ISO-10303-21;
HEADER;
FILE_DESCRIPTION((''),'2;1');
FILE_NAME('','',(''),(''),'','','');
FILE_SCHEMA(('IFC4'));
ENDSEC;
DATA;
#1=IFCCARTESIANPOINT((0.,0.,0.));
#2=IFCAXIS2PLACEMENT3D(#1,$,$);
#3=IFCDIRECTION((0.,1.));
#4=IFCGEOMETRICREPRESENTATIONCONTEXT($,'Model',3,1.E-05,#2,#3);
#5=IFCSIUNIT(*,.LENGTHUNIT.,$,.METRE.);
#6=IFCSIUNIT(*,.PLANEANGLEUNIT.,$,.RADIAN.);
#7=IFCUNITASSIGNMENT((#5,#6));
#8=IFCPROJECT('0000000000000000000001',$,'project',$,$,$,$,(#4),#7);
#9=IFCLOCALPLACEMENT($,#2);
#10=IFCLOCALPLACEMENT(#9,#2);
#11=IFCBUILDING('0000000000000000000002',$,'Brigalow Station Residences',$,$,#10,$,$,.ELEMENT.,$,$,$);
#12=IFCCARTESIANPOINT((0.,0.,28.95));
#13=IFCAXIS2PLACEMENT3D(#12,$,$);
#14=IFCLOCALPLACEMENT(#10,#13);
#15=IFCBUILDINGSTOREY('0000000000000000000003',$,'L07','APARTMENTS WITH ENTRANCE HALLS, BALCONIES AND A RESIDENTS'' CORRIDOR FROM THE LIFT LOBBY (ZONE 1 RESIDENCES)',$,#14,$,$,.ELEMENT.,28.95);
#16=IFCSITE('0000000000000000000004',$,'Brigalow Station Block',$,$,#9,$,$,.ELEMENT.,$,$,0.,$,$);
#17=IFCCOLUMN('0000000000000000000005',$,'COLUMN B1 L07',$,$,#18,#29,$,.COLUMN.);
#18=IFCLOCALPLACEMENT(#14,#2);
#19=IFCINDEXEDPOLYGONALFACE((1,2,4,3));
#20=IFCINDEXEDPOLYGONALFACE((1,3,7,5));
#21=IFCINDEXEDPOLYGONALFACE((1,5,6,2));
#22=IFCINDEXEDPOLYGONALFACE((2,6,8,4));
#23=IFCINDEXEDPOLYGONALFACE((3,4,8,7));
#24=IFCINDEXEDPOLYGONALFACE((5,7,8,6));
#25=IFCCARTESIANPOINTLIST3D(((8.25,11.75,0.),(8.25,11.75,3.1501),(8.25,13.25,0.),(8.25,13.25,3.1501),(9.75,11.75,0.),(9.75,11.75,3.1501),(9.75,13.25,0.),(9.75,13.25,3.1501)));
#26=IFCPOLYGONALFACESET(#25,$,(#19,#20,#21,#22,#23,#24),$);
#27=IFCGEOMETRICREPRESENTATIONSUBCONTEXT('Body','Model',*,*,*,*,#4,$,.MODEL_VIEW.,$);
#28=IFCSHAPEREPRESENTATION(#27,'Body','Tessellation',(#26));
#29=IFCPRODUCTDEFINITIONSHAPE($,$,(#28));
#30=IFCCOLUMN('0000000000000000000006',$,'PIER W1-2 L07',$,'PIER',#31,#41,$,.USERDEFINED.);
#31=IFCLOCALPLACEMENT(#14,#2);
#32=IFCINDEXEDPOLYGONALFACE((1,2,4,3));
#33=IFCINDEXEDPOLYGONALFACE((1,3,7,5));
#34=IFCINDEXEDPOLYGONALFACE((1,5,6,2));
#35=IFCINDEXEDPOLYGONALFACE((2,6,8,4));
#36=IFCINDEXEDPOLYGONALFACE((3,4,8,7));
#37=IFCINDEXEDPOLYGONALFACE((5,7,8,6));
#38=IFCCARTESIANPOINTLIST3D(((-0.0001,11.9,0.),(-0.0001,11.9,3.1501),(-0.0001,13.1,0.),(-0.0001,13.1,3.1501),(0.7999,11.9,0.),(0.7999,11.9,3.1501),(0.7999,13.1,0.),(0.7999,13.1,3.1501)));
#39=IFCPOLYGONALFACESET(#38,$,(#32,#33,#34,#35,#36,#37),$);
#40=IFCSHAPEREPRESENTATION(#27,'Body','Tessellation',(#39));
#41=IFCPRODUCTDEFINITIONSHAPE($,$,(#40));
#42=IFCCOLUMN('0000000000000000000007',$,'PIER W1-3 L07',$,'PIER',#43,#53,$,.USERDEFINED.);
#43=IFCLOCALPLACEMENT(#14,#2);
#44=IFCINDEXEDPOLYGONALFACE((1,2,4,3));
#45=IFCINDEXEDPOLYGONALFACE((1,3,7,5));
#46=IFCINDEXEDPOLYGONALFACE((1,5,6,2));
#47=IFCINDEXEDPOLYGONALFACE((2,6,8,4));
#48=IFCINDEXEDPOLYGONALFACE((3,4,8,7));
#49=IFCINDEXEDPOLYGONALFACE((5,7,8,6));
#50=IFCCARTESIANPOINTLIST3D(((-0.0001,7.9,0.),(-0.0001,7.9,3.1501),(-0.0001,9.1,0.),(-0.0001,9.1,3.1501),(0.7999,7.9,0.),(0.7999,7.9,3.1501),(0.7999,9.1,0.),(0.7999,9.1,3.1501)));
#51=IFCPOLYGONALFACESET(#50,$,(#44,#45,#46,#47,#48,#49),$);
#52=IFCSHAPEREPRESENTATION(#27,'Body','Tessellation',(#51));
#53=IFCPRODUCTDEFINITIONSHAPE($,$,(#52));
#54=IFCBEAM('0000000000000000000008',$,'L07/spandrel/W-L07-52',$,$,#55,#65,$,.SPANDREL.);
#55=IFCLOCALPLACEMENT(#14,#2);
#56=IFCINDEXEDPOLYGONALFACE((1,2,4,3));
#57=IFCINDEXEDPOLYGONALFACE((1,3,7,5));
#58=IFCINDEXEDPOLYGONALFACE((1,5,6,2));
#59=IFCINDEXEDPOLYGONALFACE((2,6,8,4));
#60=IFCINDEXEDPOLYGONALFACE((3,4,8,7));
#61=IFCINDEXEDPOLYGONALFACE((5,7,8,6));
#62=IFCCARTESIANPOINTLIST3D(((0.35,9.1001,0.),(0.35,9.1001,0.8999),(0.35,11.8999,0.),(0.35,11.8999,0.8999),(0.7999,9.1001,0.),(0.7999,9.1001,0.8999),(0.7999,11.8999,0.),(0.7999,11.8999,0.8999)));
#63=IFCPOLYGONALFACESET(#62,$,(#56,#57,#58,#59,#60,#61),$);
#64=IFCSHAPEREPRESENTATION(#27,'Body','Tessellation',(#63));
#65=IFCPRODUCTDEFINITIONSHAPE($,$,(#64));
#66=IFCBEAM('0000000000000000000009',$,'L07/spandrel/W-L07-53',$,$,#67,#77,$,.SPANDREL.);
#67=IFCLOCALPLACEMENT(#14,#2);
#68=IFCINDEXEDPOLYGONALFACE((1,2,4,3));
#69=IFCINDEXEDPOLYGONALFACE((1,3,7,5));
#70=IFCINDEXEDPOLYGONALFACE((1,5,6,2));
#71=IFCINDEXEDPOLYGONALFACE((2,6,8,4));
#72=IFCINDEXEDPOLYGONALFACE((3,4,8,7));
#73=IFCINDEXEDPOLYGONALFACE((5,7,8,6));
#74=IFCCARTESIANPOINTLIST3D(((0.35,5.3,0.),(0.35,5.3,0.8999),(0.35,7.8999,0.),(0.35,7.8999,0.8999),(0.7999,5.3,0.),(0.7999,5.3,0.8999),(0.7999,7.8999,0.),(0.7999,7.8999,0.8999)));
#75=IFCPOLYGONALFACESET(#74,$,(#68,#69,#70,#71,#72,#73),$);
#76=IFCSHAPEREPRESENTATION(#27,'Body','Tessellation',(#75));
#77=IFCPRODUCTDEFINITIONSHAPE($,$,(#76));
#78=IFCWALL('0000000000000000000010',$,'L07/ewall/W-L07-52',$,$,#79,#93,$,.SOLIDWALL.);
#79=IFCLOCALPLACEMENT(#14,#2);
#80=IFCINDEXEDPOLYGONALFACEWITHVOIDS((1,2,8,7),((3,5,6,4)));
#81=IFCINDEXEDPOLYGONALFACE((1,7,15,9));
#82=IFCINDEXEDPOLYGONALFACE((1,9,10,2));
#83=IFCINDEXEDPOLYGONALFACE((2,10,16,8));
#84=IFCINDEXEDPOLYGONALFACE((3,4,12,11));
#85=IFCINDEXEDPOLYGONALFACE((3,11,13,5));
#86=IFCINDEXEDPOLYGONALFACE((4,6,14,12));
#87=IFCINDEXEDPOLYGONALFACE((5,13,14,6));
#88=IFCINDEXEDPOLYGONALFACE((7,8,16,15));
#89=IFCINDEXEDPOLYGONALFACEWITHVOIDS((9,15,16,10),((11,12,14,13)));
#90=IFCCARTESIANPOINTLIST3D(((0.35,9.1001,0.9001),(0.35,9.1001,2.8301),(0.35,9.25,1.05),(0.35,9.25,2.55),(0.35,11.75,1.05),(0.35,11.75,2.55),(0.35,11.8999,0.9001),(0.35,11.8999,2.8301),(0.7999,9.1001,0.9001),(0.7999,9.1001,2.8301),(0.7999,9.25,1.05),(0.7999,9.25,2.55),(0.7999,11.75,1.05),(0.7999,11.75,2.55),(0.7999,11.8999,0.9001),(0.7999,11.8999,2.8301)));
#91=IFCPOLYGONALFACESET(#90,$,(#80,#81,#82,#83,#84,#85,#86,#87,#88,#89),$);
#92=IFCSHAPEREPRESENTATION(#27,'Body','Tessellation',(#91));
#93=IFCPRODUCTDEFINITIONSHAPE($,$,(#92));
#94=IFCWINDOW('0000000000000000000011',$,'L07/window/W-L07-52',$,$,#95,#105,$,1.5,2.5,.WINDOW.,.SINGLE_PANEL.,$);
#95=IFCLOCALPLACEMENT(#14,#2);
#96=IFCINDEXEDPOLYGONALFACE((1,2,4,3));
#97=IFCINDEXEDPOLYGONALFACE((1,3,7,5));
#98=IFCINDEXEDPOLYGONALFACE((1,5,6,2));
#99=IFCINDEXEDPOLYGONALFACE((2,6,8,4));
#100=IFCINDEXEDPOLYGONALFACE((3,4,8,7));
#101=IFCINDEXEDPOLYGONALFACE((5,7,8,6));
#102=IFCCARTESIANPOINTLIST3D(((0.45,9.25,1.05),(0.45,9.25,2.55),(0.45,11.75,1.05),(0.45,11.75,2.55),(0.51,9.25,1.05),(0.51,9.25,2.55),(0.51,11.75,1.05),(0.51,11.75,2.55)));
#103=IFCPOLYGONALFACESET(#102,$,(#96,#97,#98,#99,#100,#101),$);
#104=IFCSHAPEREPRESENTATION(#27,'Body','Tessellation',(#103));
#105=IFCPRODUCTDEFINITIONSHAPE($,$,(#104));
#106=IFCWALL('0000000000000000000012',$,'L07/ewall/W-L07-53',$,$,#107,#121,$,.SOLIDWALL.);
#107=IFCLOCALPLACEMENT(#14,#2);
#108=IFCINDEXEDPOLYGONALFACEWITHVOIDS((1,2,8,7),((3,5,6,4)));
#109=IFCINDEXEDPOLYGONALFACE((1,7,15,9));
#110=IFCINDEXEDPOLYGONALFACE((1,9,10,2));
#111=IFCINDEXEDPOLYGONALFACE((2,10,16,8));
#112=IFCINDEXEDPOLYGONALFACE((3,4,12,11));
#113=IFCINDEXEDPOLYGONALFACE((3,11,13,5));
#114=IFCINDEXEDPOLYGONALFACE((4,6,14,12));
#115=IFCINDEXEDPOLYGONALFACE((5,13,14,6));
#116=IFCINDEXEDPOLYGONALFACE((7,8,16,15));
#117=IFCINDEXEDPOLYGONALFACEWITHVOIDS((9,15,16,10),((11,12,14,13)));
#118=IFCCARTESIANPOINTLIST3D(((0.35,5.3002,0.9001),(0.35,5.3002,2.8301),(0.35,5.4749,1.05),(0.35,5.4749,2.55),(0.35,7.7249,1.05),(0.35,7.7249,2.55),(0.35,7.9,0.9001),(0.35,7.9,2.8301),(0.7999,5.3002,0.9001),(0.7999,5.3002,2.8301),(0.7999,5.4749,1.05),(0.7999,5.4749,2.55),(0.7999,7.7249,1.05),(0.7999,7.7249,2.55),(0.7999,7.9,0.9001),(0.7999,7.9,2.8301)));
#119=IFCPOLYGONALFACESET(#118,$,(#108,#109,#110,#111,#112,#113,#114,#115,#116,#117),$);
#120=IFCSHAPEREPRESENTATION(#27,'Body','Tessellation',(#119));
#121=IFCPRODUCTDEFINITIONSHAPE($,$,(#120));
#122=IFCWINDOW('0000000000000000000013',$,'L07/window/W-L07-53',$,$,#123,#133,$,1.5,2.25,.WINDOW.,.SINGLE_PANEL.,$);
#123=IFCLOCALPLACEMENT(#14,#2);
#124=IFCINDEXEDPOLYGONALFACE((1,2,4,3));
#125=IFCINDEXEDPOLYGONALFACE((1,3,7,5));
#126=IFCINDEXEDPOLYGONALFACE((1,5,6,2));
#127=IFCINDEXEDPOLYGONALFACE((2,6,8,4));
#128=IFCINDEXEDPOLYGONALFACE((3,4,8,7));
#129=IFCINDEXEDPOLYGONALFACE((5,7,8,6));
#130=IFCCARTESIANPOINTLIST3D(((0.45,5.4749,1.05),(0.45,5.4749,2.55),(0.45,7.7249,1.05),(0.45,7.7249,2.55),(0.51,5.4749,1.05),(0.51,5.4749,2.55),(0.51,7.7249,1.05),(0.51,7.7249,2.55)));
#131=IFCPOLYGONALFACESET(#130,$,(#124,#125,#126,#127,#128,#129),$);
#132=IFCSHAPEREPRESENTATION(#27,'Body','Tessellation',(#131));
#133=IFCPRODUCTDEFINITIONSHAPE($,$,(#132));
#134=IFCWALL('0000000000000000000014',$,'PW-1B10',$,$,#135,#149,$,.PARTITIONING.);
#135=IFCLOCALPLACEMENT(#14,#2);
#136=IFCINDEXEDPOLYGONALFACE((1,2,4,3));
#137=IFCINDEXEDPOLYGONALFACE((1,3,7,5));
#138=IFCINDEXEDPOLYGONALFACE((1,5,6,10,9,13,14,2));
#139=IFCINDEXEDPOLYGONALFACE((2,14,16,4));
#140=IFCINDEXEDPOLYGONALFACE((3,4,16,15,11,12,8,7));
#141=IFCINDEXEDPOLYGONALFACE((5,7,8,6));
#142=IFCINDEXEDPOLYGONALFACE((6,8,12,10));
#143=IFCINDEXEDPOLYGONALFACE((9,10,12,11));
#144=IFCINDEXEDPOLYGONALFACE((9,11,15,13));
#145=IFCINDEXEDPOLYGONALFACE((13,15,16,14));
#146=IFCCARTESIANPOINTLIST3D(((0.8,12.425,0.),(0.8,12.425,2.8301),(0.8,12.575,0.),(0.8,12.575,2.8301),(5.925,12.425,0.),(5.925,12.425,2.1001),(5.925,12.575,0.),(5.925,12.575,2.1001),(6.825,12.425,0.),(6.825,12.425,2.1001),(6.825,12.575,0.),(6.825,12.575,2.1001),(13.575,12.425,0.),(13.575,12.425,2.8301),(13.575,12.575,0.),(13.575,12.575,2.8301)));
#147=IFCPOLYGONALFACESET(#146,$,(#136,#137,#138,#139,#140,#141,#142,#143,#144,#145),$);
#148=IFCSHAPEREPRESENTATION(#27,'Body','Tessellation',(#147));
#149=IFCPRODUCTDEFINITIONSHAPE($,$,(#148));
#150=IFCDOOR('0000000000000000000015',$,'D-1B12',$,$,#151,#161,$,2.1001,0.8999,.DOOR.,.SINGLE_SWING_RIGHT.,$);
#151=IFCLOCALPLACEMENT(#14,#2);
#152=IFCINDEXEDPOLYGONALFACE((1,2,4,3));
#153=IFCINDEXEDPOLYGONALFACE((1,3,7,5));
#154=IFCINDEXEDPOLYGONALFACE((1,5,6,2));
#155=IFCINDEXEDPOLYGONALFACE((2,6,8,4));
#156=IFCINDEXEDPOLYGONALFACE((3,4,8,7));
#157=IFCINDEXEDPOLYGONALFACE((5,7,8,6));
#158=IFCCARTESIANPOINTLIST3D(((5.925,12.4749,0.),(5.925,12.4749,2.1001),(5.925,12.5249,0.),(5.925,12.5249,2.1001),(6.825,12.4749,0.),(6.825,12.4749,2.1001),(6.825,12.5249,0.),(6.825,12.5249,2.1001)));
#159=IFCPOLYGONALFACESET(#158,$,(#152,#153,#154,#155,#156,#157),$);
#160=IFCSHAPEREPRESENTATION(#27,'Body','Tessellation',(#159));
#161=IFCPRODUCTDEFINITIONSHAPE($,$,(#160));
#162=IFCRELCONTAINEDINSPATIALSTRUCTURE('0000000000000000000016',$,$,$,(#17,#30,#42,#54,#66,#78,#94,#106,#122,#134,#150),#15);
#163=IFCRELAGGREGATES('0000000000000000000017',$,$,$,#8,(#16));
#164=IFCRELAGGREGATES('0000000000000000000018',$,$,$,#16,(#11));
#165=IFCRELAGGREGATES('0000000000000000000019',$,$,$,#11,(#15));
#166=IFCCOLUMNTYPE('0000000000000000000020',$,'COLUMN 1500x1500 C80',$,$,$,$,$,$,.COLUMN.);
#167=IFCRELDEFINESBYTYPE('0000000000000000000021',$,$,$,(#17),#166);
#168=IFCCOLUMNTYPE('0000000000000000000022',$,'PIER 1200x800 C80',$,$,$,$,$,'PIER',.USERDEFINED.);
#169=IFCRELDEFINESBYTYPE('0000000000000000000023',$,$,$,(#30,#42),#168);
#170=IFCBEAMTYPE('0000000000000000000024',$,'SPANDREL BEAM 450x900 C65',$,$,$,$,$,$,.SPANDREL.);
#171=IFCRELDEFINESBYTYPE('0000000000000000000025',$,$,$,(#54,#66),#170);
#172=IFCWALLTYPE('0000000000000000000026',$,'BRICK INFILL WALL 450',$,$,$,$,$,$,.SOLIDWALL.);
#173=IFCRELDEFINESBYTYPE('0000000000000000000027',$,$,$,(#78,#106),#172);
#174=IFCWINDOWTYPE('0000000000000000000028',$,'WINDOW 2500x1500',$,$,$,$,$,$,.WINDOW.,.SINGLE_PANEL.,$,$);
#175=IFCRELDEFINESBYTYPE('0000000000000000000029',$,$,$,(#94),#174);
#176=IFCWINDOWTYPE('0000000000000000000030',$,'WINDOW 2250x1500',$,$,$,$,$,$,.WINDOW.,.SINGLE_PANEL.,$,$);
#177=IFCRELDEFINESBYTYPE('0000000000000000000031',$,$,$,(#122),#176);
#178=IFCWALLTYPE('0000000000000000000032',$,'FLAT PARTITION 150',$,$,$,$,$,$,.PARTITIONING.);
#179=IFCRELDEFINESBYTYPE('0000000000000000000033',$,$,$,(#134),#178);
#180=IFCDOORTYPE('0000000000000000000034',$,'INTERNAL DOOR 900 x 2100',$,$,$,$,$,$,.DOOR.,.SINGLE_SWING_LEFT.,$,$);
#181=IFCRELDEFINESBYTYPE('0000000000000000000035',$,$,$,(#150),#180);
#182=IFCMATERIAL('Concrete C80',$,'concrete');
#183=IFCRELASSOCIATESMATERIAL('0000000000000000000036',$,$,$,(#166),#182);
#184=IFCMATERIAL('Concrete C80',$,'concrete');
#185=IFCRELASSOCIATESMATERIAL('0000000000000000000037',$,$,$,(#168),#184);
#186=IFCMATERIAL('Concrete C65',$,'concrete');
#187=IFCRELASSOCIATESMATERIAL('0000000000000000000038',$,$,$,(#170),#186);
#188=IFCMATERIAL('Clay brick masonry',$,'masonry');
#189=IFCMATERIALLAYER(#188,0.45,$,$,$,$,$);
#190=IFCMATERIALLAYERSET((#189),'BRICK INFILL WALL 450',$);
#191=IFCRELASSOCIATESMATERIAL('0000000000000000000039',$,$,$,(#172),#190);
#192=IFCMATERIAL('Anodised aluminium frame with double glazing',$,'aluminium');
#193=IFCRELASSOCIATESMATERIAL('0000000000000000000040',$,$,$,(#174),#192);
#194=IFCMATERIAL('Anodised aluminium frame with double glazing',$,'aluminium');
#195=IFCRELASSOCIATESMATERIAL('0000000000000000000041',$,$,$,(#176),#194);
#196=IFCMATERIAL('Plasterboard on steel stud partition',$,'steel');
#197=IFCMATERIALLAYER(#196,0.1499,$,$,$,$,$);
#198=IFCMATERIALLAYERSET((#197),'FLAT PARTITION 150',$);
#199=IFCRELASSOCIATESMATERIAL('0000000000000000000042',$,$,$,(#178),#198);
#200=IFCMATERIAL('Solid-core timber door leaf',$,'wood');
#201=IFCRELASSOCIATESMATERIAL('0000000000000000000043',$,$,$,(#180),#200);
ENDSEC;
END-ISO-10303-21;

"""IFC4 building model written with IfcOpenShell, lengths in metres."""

from ifc_helpers import new_model, si_unit, direction, frame, frame_2d, origin, origin_2d, place, context, subcontext, project, spatial, rectangle, extrude, material, layer, layer_set, material_profile, profile_set, type_object, element, fill, save


model = new_model("IFC4")

# Units and contexts
model_context = context("Model", 3, precision=1e-05, world=origin(), true_north=direction((0.0, 1.0)))
body_context = subcontext(model_context, "Body", "Model", "MODEL_VIEW")
ifc_project = project(units=[si_unit("LENGTHUNIT", "METRE"), si_unit("PLANEANGLEUNIT", "RADIAN")], contexts=[model_context])

# Site, building, storey
site_placement = place(None, origin())
site = spatial("IfcSite", under=ifc_project, at=site_placement, Name="Brigalow Station Block", CompositionType="ELEMENT", RefElevation=0.0)
building_placement = place(site_placement, origin())
building = spatial("IfcBuilding", under=site, at=building_placement, Name="Brigalow Station Residences", CompositionType="ELEMENT")
storey_placement = place(building_placement, frame((0.0, 0.0, 28.95)))
storey = spatial("IfcBuildingStorey", under=building, at=storey_placement, Name="L07", Description="APARTMENTS WITH ENTRANCE HALLS, BALCONIES AND A RESIDENTS' CORRIDOR FROM THE LIFT LOBBY (ZONE 1 RESIDENCES)", CompositionType="ELEMENT", Elevation=28.95)

# Columns
ifc_material_1 = material(Name="Concrete C80", Category="concrete")
ifc_material_profile_1 = material_profile(ifc_material_1, rectangle(XDim=1.5, YDim=1.5, at=origin_2d()), Name="RC1500x1500")
ifc_profile_set_1 = profile_set([ifc_material_profile_1], Name="Concrete C80")
column_type_1 = type_object("IfcColumnType", Name="COLUMN 1500x1500 C80", PredefinedType="COLUMN", material=ifc_profile_set_1)
column_placement = place(storey_placement, frame((9.0, 12.5, 0.0), z_axis=(0.0, 0.0, 1.0), x_axis=(1.0, 0.0, 0.0)))
element("IfcColumn", 1, at=column_placement, inside=storey, type_object=column_type_1, Name="COLUMN B1 L07", PredefinedType="COLUMN", context=body_context, shape_type="SweptSolid", body=[
    extrude(rectangle(XDim=1.5, YDim=1.5, at=origin_2d()), origin(), (0.0, 0.0, 1.0), 3.1501),
])
ifc_material_2 = material(Name="Concrete C80", Category="concrete")
ifc_material_profile_2 = material_profile(ifc_material_2, rectangle(XDim=1.2, YDim=0.8, at=origin_2d()), Name="RC1200x800")
ifc_profile_set_2 = profile_set([ifc_material_profile_2], Name="Concrete C80")
column_type_2 = type_object("IfcColumnType", Name="PIER 1200x800 C80", ElementType="PIER", PredefinedType="USERDEFINED", material=ifc_profile_set_2)
for number, where, z_axis, x_axis, name in (
    (2, (0.3999, 12.5, 0.0), (0.0, 0.0, 1.0), (0.0, -1.0, 0.0), "PIER W1-2 L07"),
    (3, (0.3999, 8.5, 0.0), (0.0, 0.0, 1.0), (0.0, -1.0, 0.0), "PIER W1-3 L07"),
):
    element("IfcColumn", number, at=place(storey_placement, frame(where, z_axis=z_axis, x_axis=x_axis)), inside=storey, type_object=column_type_2, Name=name, ObjectType="PIER", PredefinedType="USERDEFINED", context=body_context, shape_type="SweptSolid", body=[
        extrude(rectangle(XDim=1.2, YDim=0.8, at=origin_2d()), origin(), (0.0, 0.0, 1.0), 3.1501),
    ])

# Beams
ifc_material_3 = material(Name="Concrete C65", Category="concrete")
ifc_material_profile_3 = material_profile(ifc_material_3, rectangle(XDim=0.45, YDim=0.8999, at=origin_2d()), Name="RC450x900")
ifc_profile_set_3 = profile_set([ifc_material_profile_3], Name="Concrete C65")
beam_type = type_object("IfcBeamType", Name="SPANDREL BEAM 450x900 C65", PredefinedType="SPANDREL", material=ifc_profile_set_3)
beam_1_placement = place(storey_placement, frame((0.575, 11.8999, 0.45), z_axis=(0.0, -1.0, 0.0), x_axis=(1.0, 0.0, 0.0)))
element("IfcBeam", 4, at=beam_1_placement, inside=storey, type_object=beam_type, Name="L07/spandrel/W-L07-52", PredefinedType="SPANDREL", context=body_context, shape_type="SweptSolid", body=[
    extrude(rectangle(XDim=0.45, YDim=0.8999, at=origin_2d()), origin(), (0.0, 0.0, 1.0), 2.7998),
])
beam_2_placement = place(storey_placement, frame((0.575, 7.8999, 0.45), z_axis=(0.0, -1.0, 0.0), x_axis=(1.0, 0.0, 0.0)))
element("IfcBeam", 5, at=beam_2_placement, inside=storey, type_object=beam_type, Name="L07/spandrel/W-L07-53", PredefinedType="SPANDREL", context=body_context, shape_type="SweptSolid", body=[
    extrude(rectangle(XDim=0.45, YDim=0.8999, at=origin_2d()), origin(), (0.0, 0.0, 1.0), 2.5999),
])

# Walls, openings, windows
ifc_material_4 = material(Name="Clay brick masonry", Category="masonry")
ifc_layer_1 = layer(ifc_material_4, 0.45)
ifc_layer_set_1 = layer_set([ifc_layer_1], Name="BRICK INFILL WALL 450")
wall_type_1 = type_object("IfcWallType", Name="BRICK INFILL WALL 450", PredefinedType="SOLIDWALL", material=ifc_layer_set_1)
wall_1_placement = place(storey_placement, frame((0.575, 11.8999, 0.9001), z_axis=(0.0, 0.0, 1.0), x_axis=(0.0, -1.0, 0.0)))
wall_1 = element("IfcWall", 6, at=wall_1_placement, inside=storey, type_object=wall_type_1, Name="L07/ewall/W-L07-52", PredefinedType="SOLIDWALL", context=body_context, shape_type="SweptSolid", body=[
    extrude(rectangle(XDim=2.7998, YDim=0.45, at=frame_2d((1.3999, 0.0))), origin(), (0.0, 0.0, 1.0), 1.9299),
])
opening_1_placement = place(wall_1_placement, frame((0.1499, 0.0, 0.1499)))
opening_1 = element("IfcOpeningElement", 7, at=opening_1_placement, cuts=wall_1, PredefinedType="OPENING", context=body_context, shape_type="SweptSolid", body=[
    extrude(rectangle(XDim=2.5, YDim=1.5, at=frame_2d((1.25, 0.75))), frame((0.0, 0.2349, 0.0), z_axis=(0.0, -1.0, 0.0), x_axis=(1.0, 0.0, 0.0)), (0.0, 0.0, 1.0), 0.47),
])
ifc_material_5 = material(Name="Anodised aluminium frame with double glazing", Category="aluminium")
window_type_1 = type_object("IfcWindowType", Name="WINDOW 2500x1500", PartitioningType="SINGLE_PANEL", PredefinedType="WINDOW", material=ifc_material_5)
window_1_placement = place(opening_1_placement, origin())
window_1 = element("IfcWindow", 8, at=window_1_placement, inside=storey, type_object=window_type_1, Name="L07/window/W-L07-52", OverallHeight=1.5, OverallWidth=2.5, PartitioningType="SINGLE_PANEL", PredefinedType="WINDOW", context=body_context, shape_type="SweptSolid", body=[
    extrude(rectangle(XDim=2.5, YDim=1.5, at=frame_2d((1.25, 0.75))), frame((0.0, -0.0649, 0.0), z_axis=(0.0, -1.0, 0.0), x_axis=(1.0, 0.0, 0.0)), (0.0, 0.0, 1.0), 0.0601),
])
fill(opening_1, window_1)
wall_2_placement = place(storey_placement, frame((0.575, 7.8999, 0.9001), z_axis=(0.0, 0.0, 1.0), x_axis=(0.0, -1.0, 0.0)))
wall_2 = element("IfcWall", 9, at=wall_2_placement, inside=storey, type_object=wall_type_1, Name="L07/ewall/W-L07-53", PredefinedType="SOLIDWALL", context=body_context, shape_type="SweptSolid", body=[
    extrude(rectangle(XDim=2.5999, YDim=0.45, at=frame_2d((1.2998, 0.0))), origin(), (0.0, 0.0, 1.0), 1.9299),
])
opening_2_placement = place(wall_2_placement, frame((0.175, 0.0, 0.1499)))
opening_2 = element("IfcOpeningElement", 10, at=opening_2_placement, cuts=wall_2, PredefinedType="OPENING", context=body_context, shape_type="SweptSolid", body=[
    extrude(rectangle(XDim=2.25, YDim=1.5, at=frame_2d((1.125, 0.75))), frame((0.0, 0.2349, 0.0), z_axis=(0.0, -1.0, 0.0), x_axis=(1.0, 0.0, 0.0)), (0.0, 0.0, 1.0), 0.47),
])
ifc_material_6 = material(Name="Anodised aluminium frame with double glazing", Category="aluminium")
window_type_2 = type_object("IfcWindowType", Name="WINDOW 2250x1500", PartitioningType="SINGLE_PANEL", PredefinedType="WINDOW", material=ifc_material_6)
window_2_placement = place(opening_2_placement, origin())
window_2 = element("IfcWindow", 11, at=window_2_placement, inside=storey, type_object=window_type_2, Name="L07/window/W-L07-53", OverallHeight=1.5, OverallWidth=2.25, PartitioningType="SINGLE_PANEL", PredefinedType="WINDOW", context=body_context, shape_type="SweptSolid", body=[
    extrude(rectangle(XDim=2.25, YDim=1.5, at=frame_2d((1.125, 0.75))), frame((0.0, -0.0649, 0.0), z_axis=(0.0, -1.0, 0.0), x_axis=(1.0, 0.0, 0.0)), (0.0, 0.0, 1.0), 0.0601),
])
fill(opening_2, window_2)

# Wall, opening, door
ifc_material_7 = material(Name="Plasterboard on steel stud partition", Category="steel")
ifc_layer_2 = layer(ifc_material_7, 0.1499)
ifc_layer_set_2 = layer_set([ifc_layer_2], Name="FLAT PARTITION 150")
wall_type_2 = type_object("IfcWallType", Name="FLAT PARTITION 150", PredefinedType="PARTITIONING", material=ifc_layer_set_2)
wall_3_placement = place(storey_placement, frame((0.8, 12.5, 0.0), z_axis=(0.0, 0.0, 1.0), x_axis=(1.0, 0.0, 0.0)))
wall_3 = element("IfcWall", 12, at=wall_3_placement, inside=storey, type_object=wall_type_2, Name="PW-1B10", PredefinedType="PARTITIONING", context=body_context, shape_type="SweptSolid", body=[
    extrude(rectangle(XDim=12.7749, YDim=0.1499, at=frame_2d((6.3875, 0.0))), origin(), (0.0, 0.0, 1.0), 2.8301),
])
opening_3_placement = place(wall_3_placement, frame((5.125, 0.0, 0.0)))
opening_3 = element("IfcOpeningElement", 13, at=opening_3_placement, cuts=wall_3, PredefinedType="OPENING", context=body_context, shape_type="SweptSolid", body=[
    extrude(rectangle(XDim=0.8999, YDim=2.1001, at=frame_2d((0.45, 1.05))), frame((0.0, 0.085, 0.0), z_axis=(0.0, -1.0, 0.0), x_axis=(1.0, 0.0, 0.0)), (0.0, 0.0, 1.0), 0.1699),
])
ifc_material_8 = material(Name="Solid-core timber door leaf", Category="wood")
door_type = type_object("IfcDoorType", Name="INTERNAL DOOR 900 x 2100", OperationType="SINGLE_SWING_LEFT", PredefinedType="DOOR", material=ifc_material_8)
door_1_placement = place(opening_3_placement, origin())
door_1 = element("IfcDoor", 14, at=door_1_placement, inside=storey, type_object=door_type, Name="D-1B12", OperationType="SINGLE_SWING_RIGHT", OverallHeight=2.1001, OverallWidth=0.8999, PredefinedType="DOOR", context=body_context, shape_type="SweptSolid", body=[
    extrude(rectangle(XDim=0.8999, YDim=2.1001, at=frame_2d((0.45, 1.05))), frame((0.0, 0.0249, 0.0), z_axis=(0.0, -1.0, 0.0), x_axis=(1.0, 0.0, 0.0)), (0.0, 0.0, 1.0), 0.05),
])
fill(opening_3, door_1)

save(model, "model.ifc")
